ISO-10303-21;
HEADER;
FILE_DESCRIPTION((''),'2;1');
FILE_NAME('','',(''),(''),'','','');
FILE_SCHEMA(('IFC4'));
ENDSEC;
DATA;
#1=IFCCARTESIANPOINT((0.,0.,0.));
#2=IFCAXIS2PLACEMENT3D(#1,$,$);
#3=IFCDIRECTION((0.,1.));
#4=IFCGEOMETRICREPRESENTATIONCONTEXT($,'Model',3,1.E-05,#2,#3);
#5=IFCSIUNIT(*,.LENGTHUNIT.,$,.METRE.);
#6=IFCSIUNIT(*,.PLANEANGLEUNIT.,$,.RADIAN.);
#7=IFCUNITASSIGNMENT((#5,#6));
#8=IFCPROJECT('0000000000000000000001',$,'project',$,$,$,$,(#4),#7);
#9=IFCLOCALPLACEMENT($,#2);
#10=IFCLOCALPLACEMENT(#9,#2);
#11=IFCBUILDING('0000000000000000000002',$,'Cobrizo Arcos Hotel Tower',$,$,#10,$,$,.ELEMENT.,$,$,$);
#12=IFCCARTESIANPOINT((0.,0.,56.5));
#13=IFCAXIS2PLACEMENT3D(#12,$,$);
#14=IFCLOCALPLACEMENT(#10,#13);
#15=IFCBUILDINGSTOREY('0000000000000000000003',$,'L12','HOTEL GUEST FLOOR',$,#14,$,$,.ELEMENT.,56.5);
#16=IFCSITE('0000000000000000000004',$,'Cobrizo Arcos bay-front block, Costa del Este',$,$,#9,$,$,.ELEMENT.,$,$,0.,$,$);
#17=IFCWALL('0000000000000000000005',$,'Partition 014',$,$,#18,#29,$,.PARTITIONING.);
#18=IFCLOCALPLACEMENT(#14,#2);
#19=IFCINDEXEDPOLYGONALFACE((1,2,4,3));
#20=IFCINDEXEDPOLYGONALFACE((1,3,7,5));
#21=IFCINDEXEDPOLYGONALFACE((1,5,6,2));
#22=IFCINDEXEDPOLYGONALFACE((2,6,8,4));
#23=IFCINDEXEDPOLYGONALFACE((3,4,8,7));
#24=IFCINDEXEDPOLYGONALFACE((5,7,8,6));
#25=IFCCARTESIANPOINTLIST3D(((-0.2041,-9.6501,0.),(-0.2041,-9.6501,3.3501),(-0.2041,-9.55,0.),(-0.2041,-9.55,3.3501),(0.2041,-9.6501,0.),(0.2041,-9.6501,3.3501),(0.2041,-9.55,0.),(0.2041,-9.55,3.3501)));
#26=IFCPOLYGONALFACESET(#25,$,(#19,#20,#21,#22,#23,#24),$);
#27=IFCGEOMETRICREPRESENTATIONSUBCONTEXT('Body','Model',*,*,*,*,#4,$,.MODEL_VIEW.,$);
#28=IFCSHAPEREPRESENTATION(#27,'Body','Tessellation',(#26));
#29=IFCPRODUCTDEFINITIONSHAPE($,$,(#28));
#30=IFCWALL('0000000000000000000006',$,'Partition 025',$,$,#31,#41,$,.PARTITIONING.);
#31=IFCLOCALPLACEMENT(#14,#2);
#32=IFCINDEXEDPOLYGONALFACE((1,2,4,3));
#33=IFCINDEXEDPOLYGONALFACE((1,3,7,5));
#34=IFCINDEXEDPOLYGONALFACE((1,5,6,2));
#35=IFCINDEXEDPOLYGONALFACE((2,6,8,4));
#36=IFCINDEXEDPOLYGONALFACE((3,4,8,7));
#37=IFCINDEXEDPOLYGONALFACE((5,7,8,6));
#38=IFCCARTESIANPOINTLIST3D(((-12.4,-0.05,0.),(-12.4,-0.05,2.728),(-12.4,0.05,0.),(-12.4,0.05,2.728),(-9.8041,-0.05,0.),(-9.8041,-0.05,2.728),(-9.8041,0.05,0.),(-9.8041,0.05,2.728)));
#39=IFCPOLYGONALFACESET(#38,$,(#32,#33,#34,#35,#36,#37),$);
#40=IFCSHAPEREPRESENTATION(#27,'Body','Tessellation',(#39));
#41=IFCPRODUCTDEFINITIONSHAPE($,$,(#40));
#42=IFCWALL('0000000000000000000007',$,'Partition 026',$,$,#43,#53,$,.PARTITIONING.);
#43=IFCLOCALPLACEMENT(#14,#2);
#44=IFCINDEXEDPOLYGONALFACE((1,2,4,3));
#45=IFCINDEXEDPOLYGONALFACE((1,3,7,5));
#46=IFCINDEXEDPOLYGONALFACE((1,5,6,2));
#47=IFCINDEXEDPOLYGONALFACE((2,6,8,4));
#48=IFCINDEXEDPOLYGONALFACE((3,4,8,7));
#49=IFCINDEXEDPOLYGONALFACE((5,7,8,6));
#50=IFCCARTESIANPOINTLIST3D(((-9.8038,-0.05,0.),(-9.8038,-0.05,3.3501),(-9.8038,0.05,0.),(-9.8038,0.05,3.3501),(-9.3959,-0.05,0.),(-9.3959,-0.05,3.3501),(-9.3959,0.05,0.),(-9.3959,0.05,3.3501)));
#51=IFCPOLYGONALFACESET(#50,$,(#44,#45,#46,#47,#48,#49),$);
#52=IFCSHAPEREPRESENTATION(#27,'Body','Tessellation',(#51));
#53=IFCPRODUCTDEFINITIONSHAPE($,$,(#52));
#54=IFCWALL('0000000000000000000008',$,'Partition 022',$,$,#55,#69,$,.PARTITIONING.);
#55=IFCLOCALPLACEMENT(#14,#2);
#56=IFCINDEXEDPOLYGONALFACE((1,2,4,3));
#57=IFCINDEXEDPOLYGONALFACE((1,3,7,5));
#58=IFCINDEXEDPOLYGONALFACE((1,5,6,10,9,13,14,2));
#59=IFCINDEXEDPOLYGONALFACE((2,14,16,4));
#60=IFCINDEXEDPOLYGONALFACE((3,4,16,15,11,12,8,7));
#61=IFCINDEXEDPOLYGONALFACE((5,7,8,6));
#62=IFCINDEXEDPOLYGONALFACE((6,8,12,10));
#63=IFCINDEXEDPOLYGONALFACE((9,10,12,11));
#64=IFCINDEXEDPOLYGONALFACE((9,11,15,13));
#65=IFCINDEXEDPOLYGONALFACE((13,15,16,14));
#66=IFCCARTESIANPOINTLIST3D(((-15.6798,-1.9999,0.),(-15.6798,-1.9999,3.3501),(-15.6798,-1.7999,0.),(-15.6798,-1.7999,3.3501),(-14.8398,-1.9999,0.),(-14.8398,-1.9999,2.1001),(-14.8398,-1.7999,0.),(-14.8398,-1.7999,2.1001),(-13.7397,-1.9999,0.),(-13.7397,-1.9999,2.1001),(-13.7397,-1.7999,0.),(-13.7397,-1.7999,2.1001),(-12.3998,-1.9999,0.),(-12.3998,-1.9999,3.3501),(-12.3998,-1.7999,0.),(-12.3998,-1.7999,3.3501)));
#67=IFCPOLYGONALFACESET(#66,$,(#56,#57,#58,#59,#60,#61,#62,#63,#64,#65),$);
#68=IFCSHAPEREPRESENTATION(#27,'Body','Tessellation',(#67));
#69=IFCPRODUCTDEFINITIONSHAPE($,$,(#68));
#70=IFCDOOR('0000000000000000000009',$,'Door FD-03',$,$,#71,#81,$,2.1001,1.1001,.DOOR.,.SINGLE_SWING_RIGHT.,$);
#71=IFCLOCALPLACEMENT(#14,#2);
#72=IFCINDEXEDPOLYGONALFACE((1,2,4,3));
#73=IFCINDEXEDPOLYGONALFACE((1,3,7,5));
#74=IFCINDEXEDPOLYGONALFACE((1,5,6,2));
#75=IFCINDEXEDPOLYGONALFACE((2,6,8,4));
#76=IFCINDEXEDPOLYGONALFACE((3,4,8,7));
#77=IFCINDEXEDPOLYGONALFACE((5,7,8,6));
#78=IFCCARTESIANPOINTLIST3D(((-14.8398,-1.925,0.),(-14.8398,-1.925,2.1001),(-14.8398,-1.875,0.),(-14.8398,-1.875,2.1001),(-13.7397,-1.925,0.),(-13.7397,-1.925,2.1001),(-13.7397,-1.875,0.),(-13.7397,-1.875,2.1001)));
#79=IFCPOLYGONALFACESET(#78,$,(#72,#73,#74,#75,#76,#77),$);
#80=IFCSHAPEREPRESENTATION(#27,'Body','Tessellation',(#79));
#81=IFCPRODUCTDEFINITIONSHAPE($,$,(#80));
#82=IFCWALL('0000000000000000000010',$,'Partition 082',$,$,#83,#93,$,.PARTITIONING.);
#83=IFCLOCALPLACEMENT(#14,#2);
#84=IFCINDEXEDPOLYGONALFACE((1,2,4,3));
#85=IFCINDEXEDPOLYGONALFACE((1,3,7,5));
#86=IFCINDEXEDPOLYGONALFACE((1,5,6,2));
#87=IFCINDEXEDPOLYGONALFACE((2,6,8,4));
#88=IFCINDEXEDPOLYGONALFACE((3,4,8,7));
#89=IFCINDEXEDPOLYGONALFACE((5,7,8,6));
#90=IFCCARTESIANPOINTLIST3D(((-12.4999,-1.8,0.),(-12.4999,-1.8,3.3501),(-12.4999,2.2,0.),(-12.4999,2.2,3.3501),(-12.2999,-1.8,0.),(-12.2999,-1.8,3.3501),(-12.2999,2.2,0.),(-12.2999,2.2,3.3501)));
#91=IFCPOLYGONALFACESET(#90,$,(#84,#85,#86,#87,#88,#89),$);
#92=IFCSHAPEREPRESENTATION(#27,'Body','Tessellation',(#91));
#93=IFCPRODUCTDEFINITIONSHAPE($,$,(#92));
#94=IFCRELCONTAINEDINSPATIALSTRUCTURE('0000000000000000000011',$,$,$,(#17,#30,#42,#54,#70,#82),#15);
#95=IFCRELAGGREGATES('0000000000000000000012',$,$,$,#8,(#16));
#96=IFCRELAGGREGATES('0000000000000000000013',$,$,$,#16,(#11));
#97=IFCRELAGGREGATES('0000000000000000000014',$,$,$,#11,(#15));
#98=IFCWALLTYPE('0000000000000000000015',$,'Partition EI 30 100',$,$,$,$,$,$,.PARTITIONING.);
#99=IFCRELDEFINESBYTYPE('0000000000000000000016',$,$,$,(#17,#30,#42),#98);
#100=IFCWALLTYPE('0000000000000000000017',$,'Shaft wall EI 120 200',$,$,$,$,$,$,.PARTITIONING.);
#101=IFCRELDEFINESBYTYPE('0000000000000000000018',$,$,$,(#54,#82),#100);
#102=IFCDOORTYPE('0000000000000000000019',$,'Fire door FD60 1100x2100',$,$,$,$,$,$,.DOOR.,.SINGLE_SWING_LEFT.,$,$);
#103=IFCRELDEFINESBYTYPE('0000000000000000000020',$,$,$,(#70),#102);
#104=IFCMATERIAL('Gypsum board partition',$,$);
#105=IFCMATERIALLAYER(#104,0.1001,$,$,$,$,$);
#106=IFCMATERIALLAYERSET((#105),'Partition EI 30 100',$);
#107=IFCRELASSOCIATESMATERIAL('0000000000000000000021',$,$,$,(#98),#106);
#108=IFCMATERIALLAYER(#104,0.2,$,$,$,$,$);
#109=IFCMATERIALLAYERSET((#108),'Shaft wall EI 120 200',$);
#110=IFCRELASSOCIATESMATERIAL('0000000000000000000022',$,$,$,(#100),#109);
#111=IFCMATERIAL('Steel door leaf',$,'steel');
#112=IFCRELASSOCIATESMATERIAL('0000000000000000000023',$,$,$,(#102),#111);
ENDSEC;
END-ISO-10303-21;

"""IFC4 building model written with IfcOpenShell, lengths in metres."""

from ifc_helpers import new_model, si_unit, direction, frame, frame_2d, origin, place, context, subcontext, project, spatial, rectangle, extrude, material, layer, layer_set, type_object, element, fill, save


model = new_model("IFC4")

# Units and contexts
model_context = context("Model", 3, precision=1e-05, world=origin(), true_north=direction((0.0, 1.0)))
body_context = subcontext(model_context, "Body", "Model", "MODEL_VIEW")
ifc_project = project(units=[si_unit("LENGTHUNIT", "METRE"), si_unit("PLANEANGLEUNIT", "RADIAN")], contexts=[model_context])

# Site, building, storey
site_placement = place(None, origin())
site = spatial("IfcSite", under=ifc_project, at=site_placement, Name="Cobrizo Arcos bay-front block, Costa del Este", CompositionType="ELEMENT", RefElevation=0.0)
building_placement = place(site_placement, origin())
building = spatial("IfcBuilding", under=site, at=building_placement, Name="Cobrizo Arcos Hotel Tower", CompositionType="ELEMENT")
storey_placement = place(building_placement, frame((0.0, 0.0, 56.5)))
storey = spatial("IfcBuildingStorey", under=building, at=storey_placement, Name="L12", Description="HOTEL GUEST FLOOR", CompositionType="ELEMENT", Elevation=56.5)

# Walls
ifc_material_1 = material(Name="Gypsum board partition")
ifc_layer_1 = layer(ifc_material_1, 0.1001)
ifc_layer_set_1 = layer_set([ifc_layer_1], Name="Partition EI 30 100")
wall_type_1 = type_object("IfcWallType", Name="Partition EI 30 100", PredefinedType="PARTITIONING", material=ifc_layer_set_1)
wall_1_placement = place(storey_placement, frame((-0.2041, -9.6001, 0.0), z_axis=(0.0, 0.0, 1.0), x_axis=(1.0, 0.0, 0.0)))
element("IfcWall", 1, at=wall_1_placement, inside=storey, type_object=wall_type_1, Name="Partition 014", PredefinedType="PARTITIONING", context=body_context, shape_type="SweptSolid", body=[
    extrude(rectangle(XDim=0.4082, YDim=0.1001, at=frame_2d((0.2041, 0.0))), origin(), (0.0, 0.0, 1.0), 3.3501),
])
wall_2_placement = place(storey_placement, frame((-12.3999, 0.0, 0.0), z_axis=(0.0, 0.0, 1.0), x_axis=(1.0, 0.0, 0.0)))
element("IfcWall", 2, at=wall_2_placement, inside=storey, type_object=wall_type_1, Name="Partition 025", PredefinedType="PARTITIONING", context=body_context, shape_type="SweptSolid", body=[
    extrude(rectangle(XDim=2.5959, YDim=0.1001, at=frame_2d((1.2979, 0.0))), origin(), (0.0, 0.0, 1.0), 2.728),
])
wall_3_placement = place(storey_placement, frame((-9.804, 0.0, 0.0), z_axis=(0.0, 0.0, 1.0), x_axis=(1.0, 0.0, 0.0)))
element("IfcWall", 3, at=wall_3_placement, inside=storey, type_object=wall_type_1, Name="Partition 026", PredefinedType="PARTITIONING", context=body_context, shape_type="SweptSolid", body=[
    extrude(rectangle(XDim=0.408, YDim=0.1001, at=frame_2d((0.2041, 0.0))), origin(), (0.0, 0.0, 1.0), 3.3501),
])

# Wall, opening, door
ifc_layer_2 = layer(ifc_material_1, 0.2)
ifc_layer_set_2 = layer_set([ifc_layer_2], Name="Shaft wall EI 120 200")
wall_type_2 = type_object("IfcWallType", Name="Shaft wall EI 120 200", PredefinedType="PARTITIONING", material=ifc_layer_set_2)
wall_4_placement = place(storey_placement, frame((-15.6799, -1.8999, 0.0), z_axis=(0.0, 0.0, 1.0), x_axis=(1.0, 0.0, 0.0)))
wall_4 = element("IfcWall", 4, at=wall_4_placement, inside=storey, type_object=wall_type_2, Name="Partition 022", PredefinedType="PARTITIONING", context=body_context, shape_type="SweptSolid", body=[
    extrude(rectangle(XDim=3.28, YDim=0.2, at=frame_2d((1.6401, 0.0))), origin(), (0.0, 0.0, 1.0), 3.3501),
])
opening_placement = place(wall_4_placement, frame((0.8401, 0.0, 0.0)))
opening = element("IfcOpeningElement", 5, at=opening_placement, cuts=wall_4, PredefinedType="OPENING", context=body_context, shape_type="SweptSolid", body=[
    extrude(rectangle(XDim=1.1001, YDim=2.1001, at=frame_2d((0.55, 1.05))), frame((0.0, 0.1121, 0.0), z_axis=(0.0, -1.0, 0.0), x_axis=(1.0, 0.0, 0.0)), (0.0, 0.0, 1.0), 0.2239),
])
ifc_material_2 = material(Name="Steel door leaf", Category="steel")
door_type = type_object("IfcDoorType", Name="Fire door FD60 1100x2100", OperationType="SINGLE_SWING_LEFT", PredefinedType="DOOR", material=ifc_material_2)
door_placement = place(opening_placement, origin())
door = element("IfcDoor", 6, at=door_placement, inside=storey, type_object=door_type, Name="Door FD-03", OperationType="SINGLE_SWING_RIGHT", OverallHeight=2.1001, OverallWidth=1.1001, PredefinedType="DOOR", context=body_context, shape_type="SweptSolid", body=[
    extrude(rectangle(XDim=1.1001, YDim=2.1001, at=frame_2d((0.55, 1.05))), frame((0.0, 0.0249, 0.0), z_axis=(0.0, -1.0, 0.0), x_axis=(1.0, 0.0, 0.0)), (0.0, 0.0, 1.0), 0.05),
])
fill(opening, door)

# Wall
wall_5_placement = place(storey_placement, frame((-12.3999, -1.8, 0.0), z_axis=(0.0, 0.0, 1.0), x_axis=(0.0, 1.0, 0.0)))
element("IfcWall", 7, at=wall_5_placement, inside=storey, type_object=wall_type_2, Name="Partition 082", PredefinedType="PARTITIONING", context=body_context, shape_type="SweptSolid", body=[
    extrude(rectangle(XDim=4.0, YDim=0.2, at=frame_2d((2.0, 0.0))), origin(), (0.0, 0.0, 1.0), 3.3501),
])

save(model, "model.ifc")
